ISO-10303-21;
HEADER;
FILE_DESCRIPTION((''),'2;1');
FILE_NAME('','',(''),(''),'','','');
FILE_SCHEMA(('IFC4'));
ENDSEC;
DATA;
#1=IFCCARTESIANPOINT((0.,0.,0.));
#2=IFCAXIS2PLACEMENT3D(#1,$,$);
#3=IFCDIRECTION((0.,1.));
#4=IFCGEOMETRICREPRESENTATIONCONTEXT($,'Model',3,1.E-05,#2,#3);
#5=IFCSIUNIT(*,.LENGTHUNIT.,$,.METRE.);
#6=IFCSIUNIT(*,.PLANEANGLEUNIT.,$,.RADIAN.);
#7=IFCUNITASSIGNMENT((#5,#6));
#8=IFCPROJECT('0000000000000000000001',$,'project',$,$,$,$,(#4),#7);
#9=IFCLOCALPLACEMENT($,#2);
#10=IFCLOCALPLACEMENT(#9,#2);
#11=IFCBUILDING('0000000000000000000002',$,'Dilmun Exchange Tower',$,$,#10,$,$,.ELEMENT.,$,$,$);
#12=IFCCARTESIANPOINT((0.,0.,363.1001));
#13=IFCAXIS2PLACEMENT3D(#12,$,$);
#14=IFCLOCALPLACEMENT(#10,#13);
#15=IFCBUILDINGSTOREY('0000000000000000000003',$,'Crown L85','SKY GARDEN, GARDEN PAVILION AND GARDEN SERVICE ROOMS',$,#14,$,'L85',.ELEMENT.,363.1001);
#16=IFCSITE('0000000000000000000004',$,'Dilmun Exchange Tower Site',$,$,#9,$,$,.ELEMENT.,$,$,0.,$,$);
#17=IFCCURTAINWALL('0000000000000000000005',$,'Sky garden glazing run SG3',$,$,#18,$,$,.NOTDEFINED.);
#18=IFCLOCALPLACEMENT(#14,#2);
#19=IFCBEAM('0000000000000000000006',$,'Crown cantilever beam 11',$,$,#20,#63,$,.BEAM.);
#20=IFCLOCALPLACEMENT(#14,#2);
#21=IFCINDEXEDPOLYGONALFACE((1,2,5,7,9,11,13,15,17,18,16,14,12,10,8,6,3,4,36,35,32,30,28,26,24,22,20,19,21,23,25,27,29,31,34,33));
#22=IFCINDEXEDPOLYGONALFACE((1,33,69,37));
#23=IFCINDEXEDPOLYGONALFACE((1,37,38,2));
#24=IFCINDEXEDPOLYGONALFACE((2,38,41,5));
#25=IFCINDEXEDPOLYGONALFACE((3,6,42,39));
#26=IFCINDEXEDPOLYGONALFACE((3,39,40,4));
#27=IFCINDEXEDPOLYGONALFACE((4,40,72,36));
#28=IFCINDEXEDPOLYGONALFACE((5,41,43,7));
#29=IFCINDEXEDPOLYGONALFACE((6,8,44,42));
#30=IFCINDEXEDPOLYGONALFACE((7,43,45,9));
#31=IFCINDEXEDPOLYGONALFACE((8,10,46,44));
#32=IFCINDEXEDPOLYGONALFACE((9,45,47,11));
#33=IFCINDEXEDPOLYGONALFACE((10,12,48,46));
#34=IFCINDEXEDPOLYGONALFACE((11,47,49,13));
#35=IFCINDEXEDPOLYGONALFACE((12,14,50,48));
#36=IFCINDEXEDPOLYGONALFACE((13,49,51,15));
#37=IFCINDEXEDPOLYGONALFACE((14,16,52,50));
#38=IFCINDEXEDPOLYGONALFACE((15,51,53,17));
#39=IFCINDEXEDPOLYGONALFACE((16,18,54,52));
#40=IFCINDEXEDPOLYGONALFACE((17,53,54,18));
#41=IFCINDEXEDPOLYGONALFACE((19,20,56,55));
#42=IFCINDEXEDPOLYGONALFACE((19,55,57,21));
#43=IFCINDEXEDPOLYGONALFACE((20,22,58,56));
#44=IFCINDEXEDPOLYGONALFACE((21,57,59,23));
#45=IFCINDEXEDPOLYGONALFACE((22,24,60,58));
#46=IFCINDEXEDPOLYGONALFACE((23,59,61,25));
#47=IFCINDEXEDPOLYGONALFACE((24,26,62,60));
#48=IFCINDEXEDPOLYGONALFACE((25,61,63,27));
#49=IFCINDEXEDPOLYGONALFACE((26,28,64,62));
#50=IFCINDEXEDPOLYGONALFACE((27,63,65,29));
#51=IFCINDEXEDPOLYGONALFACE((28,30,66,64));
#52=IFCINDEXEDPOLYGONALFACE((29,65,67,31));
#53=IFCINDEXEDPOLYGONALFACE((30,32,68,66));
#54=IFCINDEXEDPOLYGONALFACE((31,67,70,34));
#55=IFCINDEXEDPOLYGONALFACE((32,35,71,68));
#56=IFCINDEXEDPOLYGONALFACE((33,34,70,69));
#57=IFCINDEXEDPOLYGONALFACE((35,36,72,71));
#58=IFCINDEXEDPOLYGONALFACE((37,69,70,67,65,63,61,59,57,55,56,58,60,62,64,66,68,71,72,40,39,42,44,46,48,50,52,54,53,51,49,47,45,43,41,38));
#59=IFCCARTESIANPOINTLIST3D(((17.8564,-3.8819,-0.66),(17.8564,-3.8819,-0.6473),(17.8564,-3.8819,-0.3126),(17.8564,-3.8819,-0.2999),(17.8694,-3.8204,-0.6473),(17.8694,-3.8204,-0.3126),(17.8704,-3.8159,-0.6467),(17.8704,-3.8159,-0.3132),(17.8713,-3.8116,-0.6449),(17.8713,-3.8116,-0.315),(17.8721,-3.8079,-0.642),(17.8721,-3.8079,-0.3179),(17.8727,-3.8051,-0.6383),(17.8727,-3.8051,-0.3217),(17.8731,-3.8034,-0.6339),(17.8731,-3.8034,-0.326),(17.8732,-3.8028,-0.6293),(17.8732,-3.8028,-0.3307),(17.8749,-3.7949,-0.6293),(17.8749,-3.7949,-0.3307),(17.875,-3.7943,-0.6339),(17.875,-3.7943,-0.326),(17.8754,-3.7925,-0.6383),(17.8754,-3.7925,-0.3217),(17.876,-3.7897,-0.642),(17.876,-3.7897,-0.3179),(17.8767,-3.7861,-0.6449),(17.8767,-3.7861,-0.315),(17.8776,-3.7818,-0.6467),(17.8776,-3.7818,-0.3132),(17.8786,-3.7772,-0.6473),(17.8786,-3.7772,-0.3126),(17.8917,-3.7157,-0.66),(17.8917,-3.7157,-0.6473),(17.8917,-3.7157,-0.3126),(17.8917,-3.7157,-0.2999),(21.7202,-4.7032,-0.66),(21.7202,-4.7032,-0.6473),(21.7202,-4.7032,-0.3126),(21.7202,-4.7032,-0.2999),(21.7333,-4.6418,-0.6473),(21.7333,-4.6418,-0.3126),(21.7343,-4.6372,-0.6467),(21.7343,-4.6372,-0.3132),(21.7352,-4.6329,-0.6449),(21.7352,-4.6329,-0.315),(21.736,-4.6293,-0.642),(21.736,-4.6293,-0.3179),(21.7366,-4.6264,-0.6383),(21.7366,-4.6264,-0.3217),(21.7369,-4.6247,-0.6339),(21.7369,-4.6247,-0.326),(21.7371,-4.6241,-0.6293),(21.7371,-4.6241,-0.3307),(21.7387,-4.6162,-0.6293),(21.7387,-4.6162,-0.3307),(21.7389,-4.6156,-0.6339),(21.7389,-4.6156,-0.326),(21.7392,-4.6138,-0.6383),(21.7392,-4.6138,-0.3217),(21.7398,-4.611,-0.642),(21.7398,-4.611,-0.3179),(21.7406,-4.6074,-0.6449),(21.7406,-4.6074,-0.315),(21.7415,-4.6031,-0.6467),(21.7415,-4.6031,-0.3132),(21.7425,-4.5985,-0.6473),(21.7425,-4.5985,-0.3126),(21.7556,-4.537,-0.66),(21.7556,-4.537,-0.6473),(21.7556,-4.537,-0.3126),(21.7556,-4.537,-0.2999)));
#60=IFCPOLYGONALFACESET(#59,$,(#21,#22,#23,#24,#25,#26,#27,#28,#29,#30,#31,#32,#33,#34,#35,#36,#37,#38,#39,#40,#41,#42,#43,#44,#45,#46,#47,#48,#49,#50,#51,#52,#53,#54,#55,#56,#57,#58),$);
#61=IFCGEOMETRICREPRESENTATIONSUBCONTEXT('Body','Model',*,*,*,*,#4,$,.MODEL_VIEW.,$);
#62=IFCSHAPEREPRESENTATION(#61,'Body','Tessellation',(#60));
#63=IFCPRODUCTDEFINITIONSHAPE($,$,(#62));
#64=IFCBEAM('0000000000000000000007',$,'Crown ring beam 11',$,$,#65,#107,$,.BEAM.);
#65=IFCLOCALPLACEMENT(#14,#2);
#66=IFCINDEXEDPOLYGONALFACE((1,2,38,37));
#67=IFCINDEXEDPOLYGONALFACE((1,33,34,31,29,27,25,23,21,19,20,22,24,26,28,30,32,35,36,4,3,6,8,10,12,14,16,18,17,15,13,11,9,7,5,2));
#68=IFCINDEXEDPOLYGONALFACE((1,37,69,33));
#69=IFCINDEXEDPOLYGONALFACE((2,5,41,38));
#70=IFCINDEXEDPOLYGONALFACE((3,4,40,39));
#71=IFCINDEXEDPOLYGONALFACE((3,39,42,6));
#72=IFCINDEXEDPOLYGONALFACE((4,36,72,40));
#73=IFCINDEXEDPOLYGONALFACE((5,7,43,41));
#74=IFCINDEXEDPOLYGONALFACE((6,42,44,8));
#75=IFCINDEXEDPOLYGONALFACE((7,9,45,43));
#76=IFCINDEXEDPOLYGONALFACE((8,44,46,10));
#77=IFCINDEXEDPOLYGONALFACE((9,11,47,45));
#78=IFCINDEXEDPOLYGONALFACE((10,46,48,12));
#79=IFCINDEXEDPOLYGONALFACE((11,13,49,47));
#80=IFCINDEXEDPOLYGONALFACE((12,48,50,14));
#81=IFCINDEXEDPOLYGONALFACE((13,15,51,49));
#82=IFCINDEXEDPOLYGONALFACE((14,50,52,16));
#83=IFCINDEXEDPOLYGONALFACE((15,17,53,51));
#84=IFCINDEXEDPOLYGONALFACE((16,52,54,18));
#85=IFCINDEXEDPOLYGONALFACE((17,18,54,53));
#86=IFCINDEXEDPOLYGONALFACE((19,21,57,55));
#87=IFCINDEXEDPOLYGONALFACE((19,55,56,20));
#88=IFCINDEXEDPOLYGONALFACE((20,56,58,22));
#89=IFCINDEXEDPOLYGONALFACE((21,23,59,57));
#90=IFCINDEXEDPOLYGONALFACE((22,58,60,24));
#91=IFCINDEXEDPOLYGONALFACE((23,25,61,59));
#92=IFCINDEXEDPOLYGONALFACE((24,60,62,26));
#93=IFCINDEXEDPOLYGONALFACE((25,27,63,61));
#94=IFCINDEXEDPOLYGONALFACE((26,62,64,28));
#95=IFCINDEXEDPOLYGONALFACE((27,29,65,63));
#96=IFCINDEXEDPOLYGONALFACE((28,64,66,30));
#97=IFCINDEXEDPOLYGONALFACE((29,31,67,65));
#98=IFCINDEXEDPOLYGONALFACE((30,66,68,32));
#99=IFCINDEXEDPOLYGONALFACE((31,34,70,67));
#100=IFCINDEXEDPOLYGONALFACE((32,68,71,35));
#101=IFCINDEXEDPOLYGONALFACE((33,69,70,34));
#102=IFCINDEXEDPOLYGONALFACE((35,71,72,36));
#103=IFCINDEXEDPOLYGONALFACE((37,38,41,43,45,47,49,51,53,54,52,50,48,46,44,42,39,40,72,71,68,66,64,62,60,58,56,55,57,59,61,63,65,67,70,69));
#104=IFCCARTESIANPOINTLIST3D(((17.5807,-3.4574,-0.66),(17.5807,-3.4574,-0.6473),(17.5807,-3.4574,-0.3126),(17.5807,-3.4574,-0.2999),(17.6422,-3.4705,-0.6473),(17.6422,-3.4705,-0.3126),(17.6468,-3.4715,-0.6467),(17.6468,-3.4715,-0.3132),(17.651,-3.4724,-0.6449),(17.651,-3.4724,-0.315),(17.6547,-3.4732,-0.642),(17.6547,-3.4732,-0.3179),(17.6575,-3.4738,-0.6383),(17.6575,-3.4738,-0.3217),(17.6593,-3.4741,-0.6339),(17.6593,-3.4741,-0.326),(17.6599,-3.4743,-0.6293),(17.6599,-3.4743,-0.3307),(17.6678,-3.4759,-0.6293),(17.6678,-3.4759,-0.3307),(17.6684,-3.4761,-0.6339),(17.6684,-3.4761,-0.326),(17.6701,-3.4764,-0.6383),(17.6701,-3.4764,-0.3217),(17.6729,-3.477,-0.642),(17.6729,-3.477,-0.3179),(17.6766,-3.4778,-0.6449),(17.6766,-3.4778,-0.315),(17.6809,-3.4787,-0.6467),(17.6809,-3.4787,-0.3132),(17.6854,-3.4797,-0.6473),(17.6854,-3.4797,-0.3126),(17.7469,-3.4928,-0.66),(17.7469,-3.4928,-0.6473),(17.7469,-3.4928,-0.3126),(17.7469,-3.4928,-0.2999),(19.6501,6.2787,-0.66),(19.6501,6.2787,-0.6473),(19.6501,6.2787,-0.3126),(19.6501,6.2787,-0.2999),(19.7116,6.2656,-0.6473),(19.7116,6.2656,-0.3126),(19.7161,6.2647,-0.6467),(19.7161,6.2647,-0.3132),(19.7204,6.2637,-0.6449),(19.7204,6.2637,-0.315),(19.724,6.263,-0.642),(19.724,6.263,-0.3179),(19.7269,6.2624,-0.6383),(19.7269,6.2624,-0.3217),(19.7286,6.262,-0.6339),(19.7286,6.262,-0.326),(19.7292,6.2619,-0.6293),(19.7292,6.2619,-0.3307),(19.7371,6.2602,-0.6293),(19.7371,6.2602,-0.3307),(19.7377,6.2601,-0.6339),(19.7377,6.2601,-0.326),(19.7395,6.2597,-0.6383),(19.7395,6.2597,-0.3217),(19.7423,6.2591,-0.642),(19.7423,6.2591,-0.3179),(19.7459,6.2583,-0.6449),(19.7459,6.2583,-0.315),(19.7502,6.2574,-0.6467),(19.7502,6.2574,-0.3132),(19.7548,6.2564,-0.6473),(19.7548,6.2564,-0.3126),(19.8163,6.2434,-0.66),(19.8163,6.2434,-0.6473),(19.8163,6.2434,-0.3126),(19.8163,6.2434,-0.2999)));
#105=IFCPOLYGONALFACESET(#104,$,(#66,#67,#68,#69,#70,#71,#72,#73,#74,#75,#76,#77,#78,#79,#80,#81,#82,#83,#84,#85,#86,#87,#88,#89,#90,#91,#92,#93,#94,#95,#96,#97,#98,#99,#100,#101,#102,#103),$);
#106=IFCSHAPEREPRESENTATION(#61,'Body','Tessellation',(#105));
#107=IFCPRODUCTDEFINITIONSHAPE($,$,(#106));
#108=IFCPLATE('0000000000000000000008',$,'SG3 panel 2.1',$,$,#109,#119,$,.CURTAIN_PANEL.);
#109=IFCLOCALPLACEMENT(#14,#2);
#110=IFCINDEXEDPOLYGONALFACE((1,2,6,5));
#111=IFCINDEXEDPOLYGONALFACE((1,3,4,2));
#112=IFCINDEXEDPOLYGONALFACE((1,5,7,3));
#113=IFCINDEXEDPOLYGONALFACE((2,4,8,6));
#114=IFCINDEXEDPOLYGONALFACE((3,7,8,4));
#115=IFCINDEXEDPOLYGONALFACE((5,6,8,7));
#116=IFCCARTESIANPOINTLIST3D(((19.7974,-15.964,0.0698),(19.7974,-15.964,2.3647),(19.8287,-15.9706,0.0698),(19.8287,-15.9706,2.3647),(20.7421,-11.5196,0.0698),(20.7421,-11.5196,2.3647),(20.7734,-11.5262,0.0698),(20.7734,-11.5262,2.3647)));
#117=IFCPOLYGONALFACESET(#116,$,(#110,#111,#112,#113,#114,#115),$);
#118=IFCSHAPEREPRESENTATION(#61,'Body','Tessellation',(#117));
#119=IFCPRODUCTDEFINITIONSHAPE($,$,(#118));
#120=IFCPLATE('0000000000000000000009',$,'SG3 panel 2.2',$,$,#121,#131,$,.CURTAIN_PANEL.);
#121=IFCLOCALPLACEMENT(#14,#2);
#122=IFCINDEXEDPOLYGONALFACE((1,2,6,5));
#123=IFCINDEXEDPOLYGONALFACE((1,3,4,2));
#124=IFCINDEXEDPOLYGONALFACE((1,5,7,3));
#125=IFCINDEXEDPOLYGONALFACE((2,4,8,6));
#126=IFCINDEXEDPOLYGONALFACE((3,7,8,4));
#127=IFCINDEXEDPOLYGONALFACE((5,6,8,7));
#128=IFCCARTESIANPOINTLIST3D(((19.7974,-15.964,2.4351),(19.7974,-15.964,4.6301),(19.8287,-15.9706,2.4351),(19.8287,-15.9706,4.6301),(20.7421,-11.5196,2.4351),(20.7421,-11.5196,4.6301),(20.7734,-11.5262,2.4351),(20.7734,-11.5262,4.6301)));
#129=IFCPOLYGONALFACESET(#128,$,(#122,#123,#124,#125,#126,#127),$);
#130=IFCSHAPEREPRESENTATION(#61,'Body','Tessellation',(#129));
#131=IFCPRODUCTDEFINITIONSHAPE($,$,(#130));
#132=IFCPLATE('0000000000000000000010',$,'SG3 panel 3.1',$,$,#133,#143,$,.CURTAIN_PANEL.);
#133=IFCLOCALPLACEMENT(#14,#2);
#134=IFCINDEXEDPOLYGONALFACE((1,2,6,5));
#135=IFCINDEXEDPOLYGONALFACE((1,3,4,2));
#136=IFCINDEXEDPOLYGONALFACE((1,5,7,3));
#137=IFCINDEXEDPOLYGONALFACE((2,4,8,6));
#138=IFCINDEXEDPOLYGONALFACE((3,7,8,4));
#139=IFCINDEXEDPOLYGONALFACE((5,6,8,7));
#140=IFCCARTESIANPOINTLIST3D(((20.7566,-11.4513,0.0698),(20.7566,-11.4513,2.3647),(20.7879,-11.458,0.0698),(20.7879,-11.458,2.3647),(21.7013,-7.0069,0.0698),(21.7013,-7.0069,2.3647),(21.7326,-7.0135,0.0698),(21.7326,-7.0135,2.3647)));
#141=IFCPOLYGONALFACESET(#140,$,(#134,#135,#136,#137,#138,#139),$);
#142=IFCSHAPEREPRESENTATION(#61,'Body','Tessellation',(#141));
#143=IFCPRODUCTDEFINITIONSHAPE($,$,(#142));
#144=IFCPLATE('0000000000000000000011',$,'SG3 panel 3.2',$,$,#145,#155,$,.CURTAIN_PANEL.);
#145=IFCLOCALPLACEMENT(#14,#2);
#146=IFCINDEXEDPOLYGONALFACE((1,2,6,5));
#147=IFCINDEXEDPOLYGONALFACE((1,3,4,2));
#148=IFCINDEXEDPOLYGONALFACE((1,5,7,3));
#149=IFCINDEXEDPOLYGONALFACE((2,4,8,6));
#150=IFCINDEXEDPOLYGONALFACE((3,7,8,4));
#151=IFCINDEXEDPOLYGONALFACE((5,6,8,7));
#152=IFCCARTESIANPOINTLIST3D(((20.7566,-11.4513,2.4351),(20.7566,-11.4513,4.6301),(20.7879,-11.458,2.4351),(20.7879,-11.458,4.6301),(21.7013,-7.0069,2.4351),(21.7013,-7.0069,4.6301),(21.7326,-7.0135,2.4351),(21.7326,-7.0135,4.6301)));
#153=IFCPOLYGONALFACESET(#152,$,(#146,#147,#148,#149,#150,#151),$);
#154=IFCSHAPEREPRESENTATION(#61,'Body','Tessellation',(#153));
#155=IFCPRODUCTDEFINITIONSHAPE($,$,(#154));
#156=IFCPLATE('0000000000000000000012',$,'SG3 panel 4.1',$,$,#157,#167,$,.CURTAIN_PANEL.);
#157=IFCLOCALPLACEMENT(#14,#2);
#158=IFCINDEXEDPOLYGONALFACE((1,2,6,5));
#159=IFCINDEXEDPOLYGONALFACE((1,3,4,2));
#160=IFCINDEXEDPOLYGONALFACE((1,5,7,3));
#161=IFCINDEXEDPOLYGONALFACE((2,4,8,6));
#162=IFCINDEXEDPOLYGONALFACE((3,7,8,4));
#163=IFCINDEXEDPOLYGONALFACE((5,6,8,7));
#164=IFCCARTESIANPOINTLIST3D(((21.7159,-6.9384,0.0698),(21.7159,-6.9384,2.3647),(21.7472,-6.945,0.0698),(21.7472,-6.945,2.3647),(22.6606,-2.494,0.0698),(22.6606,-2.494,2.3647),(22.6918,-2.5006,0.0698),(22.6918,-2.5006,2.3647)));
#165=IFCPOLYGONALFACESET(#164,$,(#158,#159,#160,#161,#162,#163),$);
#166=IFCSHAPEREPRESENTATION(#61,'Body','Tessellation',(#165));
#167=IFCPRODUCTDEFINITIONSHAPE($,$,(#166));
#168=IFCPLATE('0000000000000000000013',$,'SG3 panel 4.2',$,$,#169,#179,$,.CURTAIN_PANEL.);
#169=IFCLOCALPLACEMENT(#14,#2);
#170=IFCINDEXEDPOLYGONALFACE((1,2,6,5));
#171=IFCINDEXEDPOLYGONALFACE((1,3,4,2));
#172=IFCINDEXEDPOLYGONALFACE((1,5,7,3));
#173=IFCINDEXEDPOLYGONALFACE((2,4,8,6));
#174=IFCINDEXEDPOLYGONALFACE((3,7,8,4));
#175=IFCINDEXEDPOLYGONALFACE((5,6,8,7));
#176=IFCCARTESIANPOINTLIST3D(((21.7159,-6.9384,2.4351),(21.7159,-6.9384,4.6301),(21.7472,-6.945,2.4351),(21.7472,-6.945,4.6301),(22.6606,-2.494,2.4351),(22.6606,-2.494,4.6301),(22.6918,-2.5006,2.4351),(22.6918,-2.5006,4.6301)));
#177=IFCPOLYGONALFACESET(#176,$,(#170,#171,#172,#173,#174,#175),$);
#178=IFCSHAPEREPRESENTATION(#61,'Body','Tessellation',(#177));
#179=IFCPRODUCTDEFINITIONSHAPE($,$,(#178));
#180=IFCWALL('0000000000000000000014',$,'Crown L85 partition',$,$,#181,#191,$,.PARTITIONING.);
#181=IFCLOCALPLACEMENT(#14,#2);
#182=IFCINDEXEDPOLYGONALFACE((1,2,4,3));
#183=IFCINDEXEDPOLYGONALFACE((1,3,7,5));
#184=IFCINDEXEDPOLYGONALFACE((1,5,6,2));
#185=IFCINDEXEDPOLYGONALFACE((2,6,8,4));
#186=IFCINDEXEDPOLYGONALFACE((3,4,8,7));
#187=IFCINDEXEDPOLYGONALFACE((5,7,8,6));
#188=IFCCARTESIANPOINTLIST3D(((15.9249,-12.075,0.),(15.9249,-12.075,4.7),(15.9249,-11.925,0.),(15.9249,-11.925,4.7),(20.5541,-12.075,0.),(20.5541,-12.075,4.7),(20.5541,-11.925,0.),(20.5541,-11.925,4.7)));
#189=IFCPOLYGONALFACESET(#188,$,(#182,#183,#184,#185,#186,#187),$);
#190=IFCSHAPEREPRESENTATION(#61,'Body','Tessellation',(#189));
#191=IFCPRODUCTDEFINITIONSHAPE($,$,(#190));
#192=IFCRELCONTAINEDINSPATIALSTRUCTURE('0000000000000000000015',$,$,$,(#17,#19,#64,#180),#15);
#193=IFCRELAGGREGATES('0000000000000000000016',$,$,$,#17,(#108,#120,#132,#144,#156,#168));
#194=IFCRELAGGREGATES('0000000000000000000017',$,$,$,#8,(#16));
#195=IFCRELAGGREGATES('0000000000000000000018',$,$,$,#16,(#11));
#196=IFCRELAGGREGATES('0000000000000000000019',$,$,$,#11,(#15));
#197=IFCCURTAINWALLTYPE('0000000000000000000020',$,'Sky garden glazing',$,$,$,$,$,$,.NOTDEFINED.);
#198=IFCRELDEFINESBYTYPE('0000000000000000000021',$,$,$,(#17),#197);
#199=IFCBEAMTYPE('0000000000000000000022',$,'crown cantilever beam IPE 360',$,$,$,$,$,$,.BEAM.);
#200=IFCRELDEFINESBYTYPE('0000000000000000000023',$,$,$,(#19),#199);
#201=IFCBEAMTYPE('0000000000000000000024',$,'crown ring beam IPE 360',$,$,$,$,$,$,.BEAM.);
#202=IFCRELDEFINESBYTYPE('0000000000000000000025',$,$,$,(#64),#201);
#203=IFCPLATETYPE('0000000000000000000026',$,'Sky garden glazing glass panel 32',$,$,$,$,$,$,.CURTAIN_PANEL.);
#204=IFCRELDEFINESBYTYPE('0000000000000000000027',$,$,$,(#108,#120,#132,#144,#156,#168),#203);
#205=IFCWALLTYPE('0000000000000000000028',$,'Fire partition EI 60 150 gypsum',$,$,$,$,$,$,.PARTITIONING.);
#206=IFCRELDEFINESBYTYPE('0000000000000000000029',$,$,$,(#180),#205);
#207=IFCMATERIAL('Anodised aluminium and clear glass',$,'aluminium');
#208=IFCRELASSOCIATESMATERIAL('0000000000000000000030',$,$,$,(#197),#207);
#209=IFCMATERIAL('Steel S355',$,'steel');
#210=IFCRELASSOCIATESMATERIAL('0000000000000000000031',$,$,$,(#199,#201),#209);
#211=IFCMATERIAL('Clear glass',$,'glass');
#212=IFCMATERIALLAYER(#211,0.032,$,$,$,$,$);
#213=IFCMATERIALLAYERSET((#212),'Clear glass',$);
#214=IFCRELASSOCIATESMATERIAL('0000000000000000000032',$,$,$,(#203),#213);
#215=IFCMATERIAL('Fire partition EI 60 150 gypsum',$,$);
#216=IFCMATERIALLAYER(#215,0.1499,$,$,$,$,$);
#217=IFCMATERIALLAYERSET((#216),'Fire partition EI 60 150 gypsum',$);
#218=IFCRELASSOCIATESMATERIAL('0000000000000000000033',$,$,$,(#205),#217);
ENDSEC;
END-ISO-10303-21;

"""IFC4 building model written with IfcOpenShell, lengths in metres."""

from ifc_helpers import new_model, si_unit, direction, frame, frame_2d, origin, origin_2d, place, context, subcontext, project, spatial, rectangle, i_section, extrude, material, layer, layer_set, material_profile, profile_set, type_object, element, aggregate, save


model = new_model("IFC4")

# Units and contexts
model_context = context("Model", 3, precision=1e-05, world=origin(), true_north=direction((0.0, 1.0)))
body_context = subcontext(model_context, "Body", "Model", "MODEL_VIEW")
ifc_project = project(units=[si_unit("LENGTHUNIT", "METRE"), si_unit("PLANEANGLEUNIT", "RADIAN")], contexts=[model_context])

# Site, building, storey
site_placement = place(None, origin())
site = spatial("IfcSite", under=ifc_project, at=site_placement, Name="Dilmun Exchange Tower Site", CompositionType="ELEMENT", RefElevation=0.0)
building_placement = place(site_placement, origin())
building = spatial("IfcBuilding", under=site, at=building_placement, Name="Dilmun Exchange Tower", CompositionType="ELEMENT")
storey_placement = place(building_placement, frame((0.0, 0.0, 363.1001)))
storey = spatial("IfcBuildingStorey", under=building, at=storey_placement, Name="Crown L85", Description="SKY GARDEN, GARDEN PAVILION AND GARDEN SERVICE ROOMS", LongName="L85", CompositionType="ELEMENT", Elevation=363.1001)

# Curtain wall
ifc_material_1 = material(Name="Anodised aluminium and clear glass", Category="aluminium")
curtain_wall_type = type_object("IfcCurtainWallType", Name="Sky garden glazing", PredefinedType="NOTDEFINED", material=ifc_material_1)
curtain_wall_placement = place(storey_placement, origin())
curtain_wall = element("IfcCurtainWall", 1, at=curtain_wall_placement, inside=storey, type_object=curtain_wall_type, Name="Sky garden glazing run SG3", PredefinedType="NOTDEFINED")

# Beams
ifc_material_2 = material(Name="Steel S355", Category="steel")
ifc_material_profile_1 = material_profile(ifc_material_2, i_section(OverallWidth=0.1699, OverallDepth=0.3601, WebThickness=0.0081, FlangeThickness=0.0127, FilletRadius=0.0181, at=origin_2d()), Name="IPE 360")
ifc_profile_set_1 = profile_set([ifc_material_profile_1], Name="Steel S355")
beam_type_1 = type_object("IfcBeamType", Name="crown cantilever beam IPE 360", PredefinedType="BEAM", material=ifc_profile_set_1)
beam_1_placement = place(storey_placement, frame((17.874, -3.7988, -0.48), z_axis=(0.978147, -0.207916, 0.0), x_axis=(0.207916, 0.978147, 0.0)))
element("IfcBeam", 2, at=beam_1_placement, inside=storey, type_object=beam_type_1, Name="Crown cantilever beam 11", PredefinedType="BEAM", context=body_context, shape_type="SweptSolid", body=[
    extrude(i_section(OverallWidth=0.1699, OverallDepth=0.3601, WebThickness=0.0081, FlangeThickness=0.0127, FilletRadius=0.0181, at=origin_2d()), origin(), (0.0, 0.0, 1.0), 3.9502),
])
ifc_material_profile_2 = material_profile(ifc_material_2, i_section(OverallWidth=0.1699, OverallDepth=0.3601, WebThickness=0.0081, FlangeThickness=0.0127, FilletRadius=0.0181, at=origin_2d()), Name="IPE 360")
ifc_profile_set_2 = profile_set([ifc_material_profile_2], Name="Steel S355")
beam_type_2 = type_object("IfcBeamType", Name="crown ring beam IPE 360", PredefinedType="BEAM", material=ifc_profile_set_2)
beam_2_placement = place(storey_placement, frame((17.6638, -3.4751, -0.48), z_axis=(0.207899, 0.97815, 0.0), x_axis=(-0.97815, 0.207899, 0.0)))
element("IfcBeam", 3, at=beam_2_placement, inside=storey, type_object=beam_type_2, Name="Crown ring beam 11", PredefinedType="BEAM", context=body_context, shape_type="SweptSolid", body=[
    extrude(i_section(OverallWidth=0.1699, OverallDepth=0.3601, WebThickness=0.0081, FlangeThickness=0.0127, FilletRadius=0.0181, at=origin_2d()), origin(), (0.0, 0.0, 1.0), 9.9536),
])

# Plates
ifc_material_3 = material(Name="Clear glass", Category="glass")
ifc_layer_1 = layer(ifc_material_3, 0.032)
ifc_layer_set_1 = layer_set([ifc_layer_1], Name="Clear glass")
plate_type = type_object("IfcPlateType", Name="Sky garden glazing glass panel 32", PredefinedType="CURTAIN_PANEL", material=ifc_layer_set_1)
plate_1_placement = place(storey_placement, frame((20.2854, -13.7451, 0.0698), z_axis=(0.0, 0.0, 1.0), x_axis=(0.207913, 0.978147, 0.0)))
plate_1 = element("IfcPlate", 4, at=plate_1_placement, type_object=plate_type, Name="SG3 panel 2.1", PredefinedType="CURTAIN_PANEL", context=body_context, shape_type="SweptSolid", body=[
    extrude(rectangle(XDim=4.5437, YDim=0.032, at=origin_2d()), origin(), (0.0, 0.0, 1.0), 2.2949),
])
plate_2_placement = place(storey_placement, frame((20.2854, -13.7451, 2.4351), z_axis=(0.0, 0.0, 1.0), x_axis=(0.207913, 0.978147, 0.0)))
plate_2 = element("IfcPlate", 5, at=plate_2_placement, type_object=plate_type, Name="SG3 panel 2.2", PredefinedType="CURTAIN_PANEL", context=body_context, shape_type="SweptSolid", body=[
    extrude(rectangle(XDim=4.5437, YDim=0.032, at=origin_2d()), origin(), (0.0, 0.0, 1.0), 2.1951),
])
plate_3_placement = place(storey_placement, frame((21.2446, -9.2324, 0.0698), z_axis=(0.0, 0.0, 1.0), x_axis=(0.207913, 0.978147, 0.0)))
plate_3 = element("IfcPlate", 6, at=plate_3_placement, type_object=plate_type, Name="SG3 panel 3.1", PredefinedType="CURTAIN_PANEL", context=body_context, shape_type="SweptSolid", body=[
    extrude(rectangle(XDim=4.5437, YDim=0.032, at=origin_2d()), origin(), (0.0, 0.0, 1.0), 2.2949),
])
plate_4_placement = place(storey_placement, frame((21.2446, -9.2324, 2.4351), z_axis=(0.0, 0.0, 1.0), x_axis=(0.207913, 0.978147, 0.0)))
plate_4 = element("IfcPlate", 7, at=plate_4_placement, type_object=plate_type, Name="SG3 panel 3.2", PredefinedType="CURTAIN_PANEL", context=body_context, shape_type="SweptSolid", body=[
    extrude(rectangle(XDim=4.5437, YDim=0.032, at=origin_2d()), origin(), (0.0, 0.0, 1.0), 2.1951),
])
plate_5_placement = place(storey_placement, frame((22.2039, -4.7195, 0.0698), z_axis=(0.0, 0.0, 1.0), x_axis=(0.207913, 0.978147, 0.0)))
plate_5 = element("IfcPlate", 8, at=plate_5_placement, type_object=plate_type, Name="SG3 panel 4.1", PredefinedType="CURTAIN_PANEL", context=body_context, shape_type="SweptSolid", body=[
    extrude(rectangle(XDim=4.5437, YDim=0.032, at=origin_2d()), origin(), (0.0, 0.0, 1.0), 2.2949),
])
plate_6_placement = place(storey_placement, frame((22.2039, -4.7195, 2.4351), z_axis=(0.0, 0.0, 1.0), x_axis=(0.207913, 0.978147, 0.0)))
plate_6 = element("IfcPlate", 9, at=plate_6_placement, type_object=plate_type, Name="SG3 panel 4.2", PredefinedType="CURTAIN_PANEL", context=body_context, shape_type="SweptSolid", body=[
    extrude(rectangle(XDim=4.5437, YDim=0.032, at=origin_2d()), origin(), (0.0, 0.0, 1.0), 2.1951),
])
aggregate(curtain_wall, [plate_1, plate_2, plate_3, plate_4, plate_5, plate_6])

# Wall
ifc_material_4 = material(Name="Fire partition EI 60 150 gypsum")
ifc_layer_2 = layer(ifc_material_4, 0.1499)
ifc_layer_set_2 = layer_set([ifc_layer_2], Name="Fire partition EI 60 150 gypsum")
wall_type = type_object("IfcWallType", Name="Fire partition EI 60 150 gypsum", PredefinedType="PARTITIONING", material=ifc_layer_set_2)
wall_1_placement = place(storey_placement, frame((15.925, -12.0, 0.0), z_axis=(0.0, 0.0, 1.0), x_axis=(1.0, 0.0, 0.0)))
element("IfcWall", 10, at=wall_1_placement, inside=storey, type_object=wall_type, Name="Crown L85 partition", PredefinedType="PARTITIONING", context=body_context, shape_type="SweptSolid", body=[
    extrude(rectangle(XDim=4.6292, YDim=0.1499, at=frame_2d((2.3145, 0.0))), origin(), (0.0, 0.0, 1.0), 4.7),
])

save(model, "model.ifc")
